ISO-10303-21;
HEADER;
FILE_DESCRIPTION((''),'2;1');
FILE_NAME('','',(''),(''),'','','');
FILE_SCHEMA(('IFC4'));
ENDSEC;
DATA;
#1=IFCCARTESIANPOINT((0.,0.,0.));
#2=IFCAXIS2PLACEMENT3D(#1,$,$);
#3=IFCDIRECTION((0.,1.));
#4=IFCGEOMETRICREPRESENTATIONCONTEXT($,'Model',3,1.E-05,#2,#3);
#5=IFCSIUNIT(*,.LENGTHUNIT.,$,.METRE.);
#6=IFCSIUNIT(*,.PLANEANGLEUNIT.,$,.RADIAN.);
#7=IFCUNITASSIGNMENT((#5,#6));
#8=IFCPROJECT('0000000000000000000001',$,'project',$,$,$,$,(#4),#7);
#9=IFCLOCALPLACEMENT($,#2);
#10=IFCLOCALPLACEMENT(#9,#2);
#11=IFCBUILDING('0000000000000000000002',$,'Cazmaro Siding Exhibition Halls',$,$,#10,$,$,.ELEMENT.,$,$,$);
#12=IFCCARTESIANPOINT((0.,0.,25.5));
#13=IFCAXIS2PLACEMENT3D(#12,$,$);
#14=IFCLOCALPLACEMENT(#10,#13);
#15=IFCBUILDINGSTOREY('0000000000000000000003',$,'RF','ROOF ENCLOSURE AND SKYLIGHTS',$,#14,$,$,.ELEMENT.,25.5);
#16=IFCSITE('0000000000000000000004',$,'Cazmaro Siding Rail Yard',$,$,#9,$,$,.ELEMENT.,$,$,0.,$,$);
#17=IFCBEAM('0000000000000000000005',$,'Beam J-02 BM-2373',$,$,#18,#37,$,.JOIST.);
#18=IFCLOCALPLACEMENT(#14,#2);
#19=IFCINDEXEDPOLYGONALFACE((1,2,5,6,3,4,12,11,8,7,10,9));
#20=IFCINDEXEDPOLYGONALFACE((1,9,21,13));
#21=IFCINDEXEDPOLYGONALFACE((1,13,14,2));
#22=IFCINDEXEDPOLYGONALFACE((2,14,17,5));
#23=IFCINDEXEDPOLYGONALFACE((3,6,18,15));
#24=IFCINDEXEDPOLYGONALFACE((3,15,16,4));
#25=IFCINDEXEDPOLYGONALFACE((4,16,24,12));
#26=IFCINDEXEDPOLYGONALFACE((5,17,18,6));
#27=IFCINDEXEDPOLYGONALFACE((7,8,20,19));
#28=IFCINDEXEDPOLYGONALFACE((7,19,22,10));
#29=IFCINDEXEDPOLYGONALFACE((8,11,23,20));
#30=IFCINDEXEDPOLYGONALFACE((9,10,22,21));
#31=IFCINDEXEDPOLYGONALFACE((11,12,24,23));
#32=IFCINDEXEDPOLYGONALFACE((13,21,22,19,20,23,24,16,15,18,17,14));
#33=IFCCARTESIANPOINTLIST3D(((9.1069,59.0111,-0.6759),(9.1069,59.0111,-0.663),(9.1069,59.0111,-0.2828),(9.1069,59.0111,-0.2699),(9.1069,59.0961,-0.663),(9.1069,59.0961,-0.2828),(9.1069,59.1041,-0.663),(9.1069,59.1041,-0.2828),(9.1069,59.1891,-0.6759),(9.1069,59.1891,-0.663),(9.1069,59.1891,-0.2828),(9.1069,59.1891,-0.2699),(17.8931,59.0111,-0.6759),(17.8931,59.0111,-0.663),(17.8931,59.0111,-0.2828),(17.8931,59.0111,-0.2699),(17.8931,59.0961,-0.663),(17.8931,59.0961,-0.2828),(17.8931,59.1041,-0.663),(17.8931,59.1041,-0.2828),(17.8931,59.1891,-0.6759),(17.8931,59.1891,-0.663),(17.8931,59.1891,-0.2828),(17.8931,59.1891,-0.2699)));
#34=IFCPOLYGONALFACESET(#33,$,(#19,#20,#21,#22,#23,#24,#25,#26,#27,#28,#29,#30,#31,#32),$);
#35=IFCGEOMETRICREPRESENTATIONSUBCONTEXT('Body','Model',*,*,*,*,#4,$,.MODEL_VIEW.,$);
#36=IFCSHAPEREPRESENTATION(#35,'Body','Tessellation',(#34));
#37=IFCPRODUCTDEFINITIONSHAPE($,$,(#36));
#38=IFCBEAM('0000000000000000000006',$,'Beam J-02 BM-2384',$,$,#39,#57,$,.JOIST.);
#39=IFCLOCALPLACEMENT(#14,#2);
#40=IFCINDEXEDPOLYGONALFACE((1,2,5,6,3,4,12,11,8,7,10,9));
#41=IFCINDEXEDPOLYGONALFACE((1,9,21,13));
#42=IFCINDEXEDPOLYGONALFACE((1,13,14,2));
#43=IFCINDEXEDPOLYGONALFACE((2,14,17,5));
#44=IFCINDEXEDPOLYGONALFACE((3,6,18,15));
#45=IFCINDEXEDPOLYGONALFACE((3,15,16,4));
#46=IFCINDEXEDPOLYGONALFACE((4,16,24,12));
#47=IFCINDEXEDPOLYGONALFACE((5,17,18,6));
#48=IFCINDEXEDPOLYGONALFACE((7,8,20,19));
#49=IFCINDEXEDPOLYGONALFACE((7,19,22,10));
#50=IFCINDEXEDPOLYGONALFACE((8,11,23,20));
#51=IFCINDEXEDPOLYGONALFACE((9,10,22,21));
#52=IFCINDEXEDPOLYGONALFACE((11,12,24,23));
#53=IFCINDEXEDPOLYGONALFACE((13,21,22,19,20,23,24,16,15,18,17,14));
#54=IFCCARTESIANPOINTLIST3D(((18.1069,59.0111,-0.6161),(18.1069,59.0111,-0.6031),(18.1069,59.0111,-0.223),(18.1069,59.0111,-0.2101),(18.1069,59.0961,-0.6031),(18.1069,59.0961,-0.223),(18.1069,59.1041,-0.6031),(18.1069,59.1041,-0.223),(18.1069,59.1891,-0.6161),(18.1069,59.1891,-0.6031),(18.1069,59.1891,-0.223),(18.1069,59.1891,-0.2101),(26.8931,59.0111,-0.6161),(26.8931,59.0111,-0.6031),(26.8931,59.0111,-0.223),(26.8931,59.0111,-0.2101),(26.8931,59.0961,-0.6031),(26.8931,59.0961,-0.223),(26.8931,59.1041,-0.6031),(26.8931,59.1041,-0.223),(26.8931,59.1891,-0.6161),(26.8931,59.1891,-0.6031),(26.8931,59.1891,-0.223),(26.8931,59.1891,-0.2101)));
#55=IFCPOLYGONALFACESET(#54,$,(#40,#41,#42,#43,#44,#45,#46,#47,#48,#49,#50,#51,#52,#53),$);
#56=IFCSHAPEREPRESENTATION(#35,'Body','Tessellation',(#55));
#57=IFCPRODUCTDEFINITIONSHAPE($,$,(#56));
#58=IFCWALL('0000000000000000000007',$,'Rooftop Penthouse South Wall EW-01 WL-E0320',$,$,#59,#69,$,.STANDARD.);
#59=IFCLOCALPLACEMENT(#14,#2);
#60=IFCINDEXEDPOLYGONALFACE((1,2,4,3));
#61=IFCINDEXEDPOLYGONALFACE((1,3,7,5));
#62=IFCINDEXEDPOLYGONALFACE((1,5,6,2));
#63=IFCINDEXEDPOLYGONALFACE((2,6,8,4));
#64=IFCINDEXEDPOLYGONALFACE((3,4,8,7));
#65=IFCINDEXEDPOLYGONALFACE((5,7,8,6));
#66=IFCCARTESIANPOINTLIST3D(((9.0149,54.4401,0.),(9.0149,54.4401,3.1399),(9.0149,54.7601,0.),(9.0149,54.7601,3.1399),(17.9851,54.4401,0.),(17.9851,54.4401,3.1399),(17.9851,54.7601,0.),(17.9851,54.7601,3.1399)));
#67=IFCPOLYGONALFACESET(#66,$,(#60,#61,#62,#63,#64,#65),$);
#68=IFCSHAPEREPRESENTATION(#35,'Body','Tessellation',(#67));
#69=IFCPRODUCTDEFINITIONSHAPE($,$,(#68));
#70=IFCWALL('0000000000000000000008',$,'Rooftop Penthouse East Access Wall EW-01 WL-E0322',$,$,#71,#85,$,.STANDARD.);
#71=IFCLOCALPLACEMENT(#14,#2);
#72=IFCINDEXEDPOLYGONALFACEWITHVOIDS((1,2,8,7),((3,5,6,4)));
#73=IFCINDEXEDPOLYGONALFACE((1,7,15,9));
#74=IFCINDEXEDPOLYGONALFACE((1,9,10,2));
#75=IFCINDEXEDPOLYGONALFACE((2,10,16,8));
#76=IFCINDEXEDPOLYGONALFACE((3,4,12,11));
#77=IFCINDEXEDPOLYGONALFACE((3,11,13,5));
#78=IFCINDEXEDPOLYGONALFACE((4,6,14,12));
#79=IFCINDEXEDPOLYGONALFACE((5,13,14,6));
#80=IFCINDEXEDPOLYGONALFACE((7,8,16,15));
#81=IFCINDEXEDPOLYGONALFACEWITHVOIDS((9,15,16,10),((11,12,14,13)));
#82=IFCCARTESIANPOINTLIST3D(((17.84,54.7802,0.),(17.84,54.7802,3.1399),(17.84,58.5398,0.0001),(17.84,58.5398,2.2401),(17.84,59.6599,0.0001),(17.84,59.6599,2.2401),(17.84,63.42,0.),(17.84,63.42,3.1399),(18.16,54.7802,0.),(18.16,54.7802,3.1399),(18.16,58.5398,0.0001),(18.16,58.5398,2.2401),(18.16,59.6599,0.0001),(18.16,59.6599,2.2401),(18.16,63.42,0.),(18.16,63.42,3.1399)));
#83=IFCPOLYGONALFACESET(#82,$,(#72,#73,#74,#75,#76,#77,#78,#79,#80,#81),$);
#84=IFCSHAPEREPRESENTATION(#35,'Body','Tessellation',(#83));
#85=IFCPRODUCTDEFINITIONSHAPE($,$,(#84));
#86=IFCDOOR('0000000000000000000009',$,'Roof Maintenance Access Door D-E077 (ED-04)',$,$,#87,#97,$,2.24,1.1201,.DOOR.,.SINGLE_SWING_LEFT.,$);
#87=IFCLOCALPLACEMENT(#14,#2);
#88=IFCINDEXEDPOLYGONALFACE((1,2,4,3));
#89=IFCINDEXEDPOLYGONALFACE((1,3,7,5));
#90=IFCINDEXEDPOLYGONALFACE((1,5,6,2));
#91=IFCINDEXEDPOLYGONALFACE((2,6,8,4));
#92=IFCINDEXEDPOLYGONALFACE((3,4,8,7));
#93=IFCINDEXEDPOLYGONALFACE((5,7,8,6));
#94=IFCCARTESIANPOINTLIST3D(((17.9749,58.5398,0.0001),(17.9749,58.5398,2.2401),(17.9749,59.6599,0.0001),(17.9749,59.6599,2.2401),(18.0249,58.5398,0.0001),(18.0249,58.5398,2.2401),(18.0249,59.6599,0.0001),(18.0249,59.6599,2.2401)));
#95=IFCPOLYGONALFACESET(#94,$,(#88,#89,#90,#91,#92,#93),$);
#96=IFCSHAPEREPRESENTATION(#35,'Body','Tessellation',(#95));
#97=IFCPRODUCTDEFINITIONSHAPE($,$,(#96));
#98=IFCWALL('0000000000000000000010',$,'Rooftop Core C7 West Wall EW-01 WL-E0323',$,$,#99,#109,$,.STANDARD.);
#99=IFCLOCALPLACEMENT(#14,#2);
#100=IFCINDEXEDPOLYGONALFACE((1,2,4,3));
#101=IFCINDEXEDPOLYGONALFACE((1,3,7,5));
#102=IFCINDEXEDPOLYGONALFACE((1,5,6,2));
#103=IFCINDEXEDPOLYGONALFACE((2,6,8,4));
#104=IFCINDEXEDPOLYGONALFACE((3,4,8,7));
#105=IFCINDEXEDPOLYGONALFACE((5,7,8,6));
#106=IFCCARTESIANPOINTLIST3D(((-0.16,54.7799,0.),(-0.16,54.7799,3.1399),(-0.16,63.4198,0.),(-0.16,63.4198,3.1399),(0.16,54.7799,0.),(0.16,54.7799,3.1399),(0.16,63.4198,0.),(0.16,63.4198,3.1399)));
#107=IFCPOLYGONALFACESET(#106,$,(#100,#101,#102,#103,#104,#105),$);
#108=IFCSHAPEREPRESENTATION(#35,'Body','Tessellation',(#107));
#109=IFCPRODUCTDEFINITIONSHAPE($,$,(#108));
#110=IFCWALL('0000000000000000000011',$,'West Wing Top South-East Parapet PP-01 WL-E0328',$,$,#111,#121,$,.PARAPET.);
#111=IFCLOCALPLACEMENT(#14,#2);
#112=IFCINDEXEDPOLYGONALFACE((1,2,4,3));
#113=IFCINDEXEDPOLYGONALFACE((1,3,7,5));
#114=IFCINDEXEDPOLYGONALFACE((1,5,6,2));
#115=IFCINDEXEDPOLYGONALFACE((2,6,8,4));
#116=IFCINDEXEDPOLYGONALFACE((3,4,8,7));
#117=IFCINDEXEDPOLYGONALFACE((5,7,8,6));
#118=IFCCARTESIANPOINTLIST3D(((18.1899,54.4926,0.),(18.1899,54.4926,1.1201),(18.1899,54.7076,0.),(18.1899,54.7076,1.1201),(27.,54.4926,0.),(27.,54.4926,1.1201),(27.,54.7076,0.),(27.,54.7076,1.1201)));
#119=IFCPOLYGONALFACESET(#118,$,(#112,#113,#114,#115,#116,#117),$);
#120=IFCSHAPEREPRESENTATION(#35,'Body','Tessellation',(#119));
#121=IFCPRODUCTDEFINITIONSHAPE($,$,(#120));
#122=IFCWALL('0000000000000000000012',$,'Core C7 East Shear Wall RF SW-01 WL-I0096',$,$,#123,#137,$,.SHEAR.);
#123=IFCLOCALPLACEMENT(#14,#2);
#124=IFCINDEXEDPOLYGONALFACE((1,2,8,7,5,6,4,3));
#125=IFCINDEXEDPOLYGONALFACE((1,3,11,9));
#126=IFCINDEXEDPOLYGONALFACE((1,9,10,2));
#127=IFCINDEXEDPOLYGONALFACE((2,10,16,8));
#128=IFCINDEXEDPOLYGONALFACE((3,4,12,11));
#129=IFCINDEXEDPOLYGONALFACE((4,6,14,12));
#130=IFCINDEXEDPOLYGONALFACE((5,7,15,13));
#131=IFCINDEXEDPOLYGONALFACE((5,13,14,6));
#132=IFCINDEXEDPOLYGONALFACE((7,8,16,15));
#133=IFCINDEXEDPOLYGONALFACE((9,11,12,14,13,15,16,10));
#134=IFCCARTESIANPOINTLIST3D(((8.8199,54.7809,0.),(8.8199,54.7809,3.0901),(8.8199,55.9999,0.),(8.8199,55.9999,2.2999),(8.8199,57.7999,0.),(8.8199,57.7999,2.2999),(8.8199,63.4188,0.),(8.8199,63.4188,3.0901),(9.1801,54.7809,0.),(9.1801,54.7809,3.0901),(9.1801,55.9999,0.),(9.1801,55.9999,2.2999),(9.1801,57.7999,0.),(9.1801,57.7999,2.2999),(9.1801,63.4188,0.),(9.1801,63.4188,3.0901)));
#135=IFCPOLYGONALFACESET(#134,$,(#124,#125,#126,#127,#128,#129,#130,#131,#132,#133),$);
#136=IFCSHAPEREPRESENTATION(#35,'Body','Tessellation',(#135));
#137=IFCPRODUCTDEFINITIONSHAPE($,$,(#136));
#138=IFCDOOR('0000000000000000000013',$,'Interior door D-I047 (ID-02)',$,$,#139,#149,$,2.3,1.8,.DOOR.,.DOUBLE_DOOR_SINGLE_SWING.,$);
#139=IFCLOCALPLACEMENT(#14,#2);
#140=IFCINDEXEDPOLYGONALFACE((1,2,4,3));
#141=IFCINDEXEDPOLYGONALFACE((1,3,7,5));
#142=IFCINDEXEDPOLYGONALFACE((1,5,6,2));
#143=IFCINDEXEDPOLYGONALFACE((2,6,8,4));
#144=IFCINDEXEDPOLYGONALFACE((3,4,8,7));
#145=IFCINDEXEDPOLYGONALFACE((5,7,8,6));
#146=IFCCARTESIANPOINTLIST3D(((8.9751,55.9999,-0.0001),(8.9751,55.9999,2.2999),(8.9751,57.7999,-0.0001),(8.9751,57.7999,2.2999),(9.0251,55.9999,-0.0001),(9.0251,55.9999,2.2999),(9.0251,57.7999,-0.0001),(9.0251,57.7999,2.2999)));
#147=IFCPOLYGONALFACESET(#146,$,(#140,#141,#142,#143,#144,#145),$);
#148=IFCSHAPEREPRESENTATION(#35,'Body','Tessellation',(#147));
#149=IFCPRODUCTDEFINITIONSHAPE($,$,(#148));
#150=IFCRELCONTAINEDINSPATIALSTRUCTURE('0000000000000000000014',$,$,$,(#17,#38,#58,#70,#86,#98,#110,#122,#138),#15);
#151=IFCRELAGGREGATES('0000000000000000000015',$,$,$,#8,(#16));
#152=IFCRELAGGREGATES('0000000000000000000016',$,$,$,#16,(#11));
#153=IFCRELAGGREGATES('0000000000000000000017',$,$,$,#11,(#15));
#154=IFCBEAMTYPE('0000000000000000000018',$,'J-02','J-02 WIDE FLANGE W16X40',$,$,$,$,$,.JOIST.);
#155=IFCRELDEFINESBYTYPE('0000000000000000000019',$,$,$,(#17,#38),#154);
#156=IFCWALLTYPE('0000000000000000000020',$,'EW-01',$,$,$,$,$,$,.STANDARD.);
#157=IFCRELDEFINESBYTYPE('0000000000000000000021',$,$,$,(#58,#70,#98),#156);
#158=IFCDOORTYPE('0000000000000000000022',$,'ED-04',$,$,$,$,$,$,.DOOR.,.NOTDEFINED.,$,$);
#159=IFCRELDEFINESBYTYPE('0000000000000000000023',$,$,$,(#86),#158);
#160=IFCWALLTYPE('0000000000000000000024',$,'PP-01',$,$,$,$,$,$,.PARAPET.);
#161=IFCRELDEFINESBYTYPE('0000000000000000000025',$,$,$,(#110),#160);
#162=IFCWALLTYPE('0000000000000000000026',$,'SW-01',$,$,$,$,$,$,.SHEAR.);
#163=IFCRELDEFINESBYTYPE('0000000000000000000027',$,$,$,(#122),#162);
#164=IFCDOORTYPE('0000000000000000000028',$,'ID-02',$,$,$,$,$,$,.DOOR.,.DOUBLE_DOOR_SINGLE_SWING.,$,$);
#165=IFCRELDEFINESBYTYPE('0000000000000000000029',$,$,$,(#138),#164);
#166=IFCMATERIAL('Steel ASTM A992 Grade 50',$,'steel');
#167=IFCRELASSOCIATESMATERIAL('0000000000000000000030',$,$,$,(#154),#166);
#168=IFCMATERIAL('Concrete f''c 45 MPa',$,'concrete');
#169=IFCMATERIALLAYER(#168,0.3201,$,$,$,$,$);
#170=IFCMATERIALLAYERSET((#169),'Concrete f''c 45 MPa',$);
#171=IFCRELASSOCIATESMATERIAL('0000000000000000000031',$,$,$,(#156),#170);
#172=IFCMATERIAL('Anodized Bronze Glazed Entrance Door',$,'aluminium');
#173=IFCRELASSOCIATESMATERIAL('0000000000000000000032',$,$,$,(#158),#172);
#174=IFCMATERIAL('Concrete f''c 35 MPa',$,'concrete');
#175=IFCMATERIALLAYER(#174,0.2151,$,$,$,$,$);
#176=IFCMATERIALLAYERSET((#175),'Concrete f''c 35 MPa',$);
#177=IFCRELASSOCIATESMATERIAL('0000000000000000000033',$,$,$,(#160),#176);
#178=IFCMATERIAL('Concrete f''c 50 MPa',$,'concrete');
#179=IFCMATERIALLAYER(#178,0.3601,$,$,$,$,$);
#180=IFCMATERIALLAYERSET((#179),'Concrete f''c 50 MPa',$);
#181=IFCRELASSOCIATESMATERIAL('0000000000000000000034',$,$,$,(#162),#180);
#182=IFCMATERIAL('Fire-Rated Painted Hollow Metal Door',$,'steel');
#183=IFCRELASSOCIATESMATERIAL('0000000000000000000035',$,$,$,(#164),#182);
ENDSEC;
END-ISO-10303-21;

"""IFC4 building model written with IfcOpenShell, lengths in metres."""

from ifc_helpers import new_model, si_unit, direction, frame, frame_2d, origin, origin_2d, place, context, subcontext, project, spatial, rectangle, i_section, extrude, material, layer, layer_set, material_profile, profile_set, type_object, element, fill, save


model = new_model("IFC4")

# Units and contexts
model_context = context("Model", 3, precision=1e-05, world=origin(), true_north=direction((0.0, 1.0)))
body_context = subcontext(model_context, "Body", "Model", "MODEL_VIEW")
ifc_project = project(units=[si_unit("LENGTHUNIT", "METRE"), si_unit("PLANEANGLEUNIT", "RADIAN")], contexts=[model_context])

# Site, building, storey
site_placement = place(None, origin())
site = spatial("IfcSite", under=ifc_project, at=site_placement, Name="Cazmaro Siding Rail Yard", CompositionType="ELEMENT", RefElevation=0.0)
building_placement = place(site_placement, origin())
building = spatial("IfcBuilding", under=site, at=building_placement, Name="Cazmaro Siding Exhibition Halls", CompositionType="ELEMENT")
storey_placement = place(building_placement, frame((0.0, 0.0, 25.5)))
storey = spatial("IfcBuildingStorey", under=building, at=storey_placement, Name="RF", Description="ROOF ENCLOSURE AND SKYLIGHTS", CompositionType="ELEMENT", Elevation=25.5)

# Beams
ifc_material_1 = material(Name="Steel ASTM A992 Grade 50", Category="steel")
ifc_material_profile_1 = material_profile(ifc_material_1, i_section(OverallWidth=0.178, OverallDepth=0.406, WebThickness=0.0081, FlangeThickness=0.0129, at=origin_2d()), Name="W16X40")
ifc_profile_set_1 = profile_set([ifc_material_profile_1], Name="Steel ASTM A992 Grade 50")
beam_type_1 = type_object("IfcBeamType", Name="J-02", Description="J-02 WIDE FLANGE W16X40", PredefinedType="JOIST", material=ifc_profile_set_1)
for number, where, z_axis, x_axis, name in (
    (1, (9.1069, 59.1001, -0.4729), (1.0, 0.0, 0.0), (0.0, 1.0, 0.0), "Beam J-02 BM-2373"),
    (2, (18.1069, 59.1001, -0.4131), (1.0, 0.0, 0.0), (0.0, 1.0, 0.0), "Beam J-02 BM-2384"),
):
    element("IfcBeam", number, at=place(storey_placement, frame(where, z_axis=z_axis, x_axis=x_axis)), inside=storey, type_object=beam_type_1, Name=name, PredefinedType="JOIST", context=body_context, shape_type="SweptSolid", body=[
        extrude(i_section(OverallWidth=0.178, OverallDepth=0.406, WebThickness=0.0081, FlangeThickness=0.0129, at=origin_2d()), origin(), (0.0, 0.0, 1.0), 8.7861),
    ])

# Wall
ifc_material_2 = material(Name="Concrete f'c 45 MPa", Category="concrete")
ifc_layer_1 = layer(ifc_material_2, 0.3201)
ifc_layer_set_1 = layer_set([ifc_layer_1], Name="Concrete f'c 45 MPa")
wall_type_1 = type_object("IfcWallType", Name="EW-01", PredefinedType="STANDARD", material=ifc_layer_set_1)
wall_1_placement = place(storey_placement, frame((17.9851, 54.6001, 0.0), z_axis=(0.0, 0.0, 1.0), x_axis=(-1.0, 0.0, 0.0)))
element("IfcWall", 3, at=wall_1_placement, inside=storey, type_object=wall_type_1, Name="Rooftop Penthouse South Wall EW-01 WL-E0320", PredefinedType="STANDARD", context=body_context, shape_type="SweptSolid", body=[
    extrude(rectangle(XDim=8.9702, YDim=0.3201, at=frame_2d((4.4851, 0.0))), origin(), (0.0, 0.0, 1.0), 3.1399),
])

# Wall, opening, door
wall_2_placement = place(storey_placement, frame((18.0, 63.4199, 0.0), z_axis=(0.0, 0.0, 1.0), x_axis=(0.0, -1.0, 0.0)))
wall_2 = element("IfcWall", 4, at=wall_2_placement, inside=storey, type_object=wall_type_1, Name="Rooftop Penthouse East Access Wall EW-01 WL-E0322", PredefinedType="STANDARD", context=body_context, shape_type="SweptSolid", body=[
    extrude(rectangle(XDim=8.6399, YDim=0.3201, at=frame_2d((4.3198, 0.0))), origin(), (0.0, 0.0, 1.0), 3.1399),
])
opening_1_placement = place(wall_2_placement, frame((3.76, 0.0, 0.0)))
opening_1 = element("IfcOpeningElement", 5, at=opening_1_placement, cuts=wall_2, PredefinedType="OPENING", context=body_context, shape_type="SweptSolid", body=[
    extrude(rectangle(XDim=1.1201, YDim=2.24, at=frame_2d((0.5601, 1.1201))), frame((0.0, 0.1699, 0.0), z_axis=(0.0, -1.0, 0.0), x_axis=(1.0, 0.0, 0.0)), (0.0, 0.0, 1.0), 0.3401),
])
ifc_material_3 = material(Name="Anodized Bronze Glazed Entrance Door", Category="aluminium")
door_type_1 = type_object("IfcDoorType", Name="ED-04", OperationType="NOTDEFINED", PredefinedType="DOOR", material=ifc_material_3)
door_1_placement = place(opening_1_placement, origin())
door_1 = element("IfcDoor", 6, at=door_1_placement, inside=storey, type_object=door_type_1, Name="Roof Maintenance Access Door D-E077 (ED-04)", OperationType="SINGLE_SWING_LEFT", OverallHeight=2.24, OverallWidth=1.1201, PredefinedType="DOOR", context=body_context, shape_type="SweptSolid", body=[
    extrude(rectangle(XDim=1.1201, YDim=2.24, at=frame_2d((0.5601, 1.1201))), frame((0.0, 0.0249, 0.0), z_axis=(0.0, -1.0, 0.0), x_axis=(1.0, 0.0, 0.0)), (0.0, 0.0, 1.0), 0.05),
])
fill(opening_1, door_1)

# Walls
wall_3_placement = place(storey_placement, frame((0.0, 54.78, 0.0), z_axis=(0.0, 0.0, 1.0), x_axis=(0.0, 1.0, 0.0)))
element("IfcWall", 7, at=wall_3_placement, inside=storey, type_object=wall_type_1, Name="Rooftop Core C7 West Wall EW-01 WL-E0323", PredefinedType="STANDARD", context=body_context, shape_type="SweptSolid", body=[
    extrude(rectangle(XDim=8.6399, YDim=0.3201, at=frame_2d((4.3198, 0.0))), origin(), (0.0, 0.0, 1.0), 3.1399),
])
ifc_material_4 = material(Name="Concrete f'c 35 MPa", Category="concrete")
ifc_layer_2 = layer(ifc_material_4, 0.2151)
ifc_layer_set_2 = layer_set([ifc_layer_2], Name="Concrete f'c 35 MPa")
wall_type_2 = type_object("IfcWallType", Name="PP-01", PredefinedType="PARAPET", material=ifc_layer_set_2)
wall_4_placement = place(storey_placement, frame((27.0, 54.6001, 0.0), z_axis=(0.0, 0.0, 1.0), x_axis=(-1.0, 0.0, 0.0)))
element("IfcWall", 8, at=wall_4_placement, inside=storey, type_object=wall_type_2, Name="West Wing Top South-East Parapet PP-01 WL-E0328", PredefinedType="PARAPET", context=body_context, shape_type="SweptSolid", body=[
    extrude(rectangle(XDim=8.8101, YDim=0.2151, at=frame_2d((4.405, 0.0))), origin(), (0.0, 0.0, 1.0), 1.1201),
])

# Wall, opening, door
ifc_material_5 = material(Name="Concrete f'c 50 MPa", Category="concrete")
ifc_layer_3 = layer(ifc_material_5, 0.3601)
ifc_layer_set_3 = layer_set([ifc_layer_3], Name="Concrete f'c 50 MPa")
wall_type_3 = type_object("IfcWallType", Name="SW-01", PredefinedType="SHEAR", material=ifc_layer_set_3)
wall_5_placement = place(storey_placement, frame((9.0, 54.781, 0.0), z_axis=(0.0, 0.0, 1.0), x_axis=(0.0, 1.0, 0.0)))
wall_5 = element("IfcWall", 9, at=wall_5_placement, inside=storey, type_object=wall_type_3, Name="Core C7 East Shear Wall RF SW-01 WL-I0096", PredefinedType="SHEAR", context=body_context, shape_type="SweptSolid", body=[
    extrude(rectangle(XDim=8.6379, YDim=0.3601, at=frame_2d((4.3188, 0.0))), origin(), (0.0, 0.0, 1.0), 3.0901),
])
opening_2_placement = place(wall_5_placement, frame((1.219, 0.0, 0.0)))
opening_2 = element("IfcOpeningElement", 10, at=opening_2_placement, cuts=wall_5, PredefinedType="OPENING", context=body_context, shape_type="SweptSolid", body=[
    extrude(rectangle(XDim=1.8, YDim=2.3, at=frame_2d((0.8999, 1.1499))), frame((0.0, 0.1899, 0.0), z_axis=(0.0, -1.0, 0.0), x_axis=(1.0, 0.0, 0.0)), (0.0, 0.0, 1.0), 0.3801),
])
ifc_material_6 = material(Name="Fire-Rated Painted Hollow Metal Door", Category="steel")
door_type_2 = type_object("IfcDoorType", Name="ID-02", OperationType="DOUBLE_DOOR_SINGLE_SWING", PredefinedType="DOOR", material=ifc_material_6)
door_2_placement = place(opening_2_placement, origin())
door_2 = element("IfcDoor", 11, at=door_2_placement, inside=storey, type_object=door_type_2, Name="Interior door D-I047 (ID-02)", OperationType="DOUBLE_DOOR_SINGLE_SWING", OverallHeight=2.3, OverallWidth=1.8, PredefinedType="DOOR", context=body_context, shape_type="SweptSolid", body=[
    extrude(rectangle(XDim=1.8, YDim=2.3, at=frame_2d((0.8999, 1.1499))), frame((0.0, 0.0249, 0.0), z_axis=(0.0, -1.0, 0.0), x_axis=(1.0, 0.0, 0.0)), (0.0, 0.0, 1.0), 0.05),
])
fill(opening_2, door_2)

save(model, "model.ifc")
